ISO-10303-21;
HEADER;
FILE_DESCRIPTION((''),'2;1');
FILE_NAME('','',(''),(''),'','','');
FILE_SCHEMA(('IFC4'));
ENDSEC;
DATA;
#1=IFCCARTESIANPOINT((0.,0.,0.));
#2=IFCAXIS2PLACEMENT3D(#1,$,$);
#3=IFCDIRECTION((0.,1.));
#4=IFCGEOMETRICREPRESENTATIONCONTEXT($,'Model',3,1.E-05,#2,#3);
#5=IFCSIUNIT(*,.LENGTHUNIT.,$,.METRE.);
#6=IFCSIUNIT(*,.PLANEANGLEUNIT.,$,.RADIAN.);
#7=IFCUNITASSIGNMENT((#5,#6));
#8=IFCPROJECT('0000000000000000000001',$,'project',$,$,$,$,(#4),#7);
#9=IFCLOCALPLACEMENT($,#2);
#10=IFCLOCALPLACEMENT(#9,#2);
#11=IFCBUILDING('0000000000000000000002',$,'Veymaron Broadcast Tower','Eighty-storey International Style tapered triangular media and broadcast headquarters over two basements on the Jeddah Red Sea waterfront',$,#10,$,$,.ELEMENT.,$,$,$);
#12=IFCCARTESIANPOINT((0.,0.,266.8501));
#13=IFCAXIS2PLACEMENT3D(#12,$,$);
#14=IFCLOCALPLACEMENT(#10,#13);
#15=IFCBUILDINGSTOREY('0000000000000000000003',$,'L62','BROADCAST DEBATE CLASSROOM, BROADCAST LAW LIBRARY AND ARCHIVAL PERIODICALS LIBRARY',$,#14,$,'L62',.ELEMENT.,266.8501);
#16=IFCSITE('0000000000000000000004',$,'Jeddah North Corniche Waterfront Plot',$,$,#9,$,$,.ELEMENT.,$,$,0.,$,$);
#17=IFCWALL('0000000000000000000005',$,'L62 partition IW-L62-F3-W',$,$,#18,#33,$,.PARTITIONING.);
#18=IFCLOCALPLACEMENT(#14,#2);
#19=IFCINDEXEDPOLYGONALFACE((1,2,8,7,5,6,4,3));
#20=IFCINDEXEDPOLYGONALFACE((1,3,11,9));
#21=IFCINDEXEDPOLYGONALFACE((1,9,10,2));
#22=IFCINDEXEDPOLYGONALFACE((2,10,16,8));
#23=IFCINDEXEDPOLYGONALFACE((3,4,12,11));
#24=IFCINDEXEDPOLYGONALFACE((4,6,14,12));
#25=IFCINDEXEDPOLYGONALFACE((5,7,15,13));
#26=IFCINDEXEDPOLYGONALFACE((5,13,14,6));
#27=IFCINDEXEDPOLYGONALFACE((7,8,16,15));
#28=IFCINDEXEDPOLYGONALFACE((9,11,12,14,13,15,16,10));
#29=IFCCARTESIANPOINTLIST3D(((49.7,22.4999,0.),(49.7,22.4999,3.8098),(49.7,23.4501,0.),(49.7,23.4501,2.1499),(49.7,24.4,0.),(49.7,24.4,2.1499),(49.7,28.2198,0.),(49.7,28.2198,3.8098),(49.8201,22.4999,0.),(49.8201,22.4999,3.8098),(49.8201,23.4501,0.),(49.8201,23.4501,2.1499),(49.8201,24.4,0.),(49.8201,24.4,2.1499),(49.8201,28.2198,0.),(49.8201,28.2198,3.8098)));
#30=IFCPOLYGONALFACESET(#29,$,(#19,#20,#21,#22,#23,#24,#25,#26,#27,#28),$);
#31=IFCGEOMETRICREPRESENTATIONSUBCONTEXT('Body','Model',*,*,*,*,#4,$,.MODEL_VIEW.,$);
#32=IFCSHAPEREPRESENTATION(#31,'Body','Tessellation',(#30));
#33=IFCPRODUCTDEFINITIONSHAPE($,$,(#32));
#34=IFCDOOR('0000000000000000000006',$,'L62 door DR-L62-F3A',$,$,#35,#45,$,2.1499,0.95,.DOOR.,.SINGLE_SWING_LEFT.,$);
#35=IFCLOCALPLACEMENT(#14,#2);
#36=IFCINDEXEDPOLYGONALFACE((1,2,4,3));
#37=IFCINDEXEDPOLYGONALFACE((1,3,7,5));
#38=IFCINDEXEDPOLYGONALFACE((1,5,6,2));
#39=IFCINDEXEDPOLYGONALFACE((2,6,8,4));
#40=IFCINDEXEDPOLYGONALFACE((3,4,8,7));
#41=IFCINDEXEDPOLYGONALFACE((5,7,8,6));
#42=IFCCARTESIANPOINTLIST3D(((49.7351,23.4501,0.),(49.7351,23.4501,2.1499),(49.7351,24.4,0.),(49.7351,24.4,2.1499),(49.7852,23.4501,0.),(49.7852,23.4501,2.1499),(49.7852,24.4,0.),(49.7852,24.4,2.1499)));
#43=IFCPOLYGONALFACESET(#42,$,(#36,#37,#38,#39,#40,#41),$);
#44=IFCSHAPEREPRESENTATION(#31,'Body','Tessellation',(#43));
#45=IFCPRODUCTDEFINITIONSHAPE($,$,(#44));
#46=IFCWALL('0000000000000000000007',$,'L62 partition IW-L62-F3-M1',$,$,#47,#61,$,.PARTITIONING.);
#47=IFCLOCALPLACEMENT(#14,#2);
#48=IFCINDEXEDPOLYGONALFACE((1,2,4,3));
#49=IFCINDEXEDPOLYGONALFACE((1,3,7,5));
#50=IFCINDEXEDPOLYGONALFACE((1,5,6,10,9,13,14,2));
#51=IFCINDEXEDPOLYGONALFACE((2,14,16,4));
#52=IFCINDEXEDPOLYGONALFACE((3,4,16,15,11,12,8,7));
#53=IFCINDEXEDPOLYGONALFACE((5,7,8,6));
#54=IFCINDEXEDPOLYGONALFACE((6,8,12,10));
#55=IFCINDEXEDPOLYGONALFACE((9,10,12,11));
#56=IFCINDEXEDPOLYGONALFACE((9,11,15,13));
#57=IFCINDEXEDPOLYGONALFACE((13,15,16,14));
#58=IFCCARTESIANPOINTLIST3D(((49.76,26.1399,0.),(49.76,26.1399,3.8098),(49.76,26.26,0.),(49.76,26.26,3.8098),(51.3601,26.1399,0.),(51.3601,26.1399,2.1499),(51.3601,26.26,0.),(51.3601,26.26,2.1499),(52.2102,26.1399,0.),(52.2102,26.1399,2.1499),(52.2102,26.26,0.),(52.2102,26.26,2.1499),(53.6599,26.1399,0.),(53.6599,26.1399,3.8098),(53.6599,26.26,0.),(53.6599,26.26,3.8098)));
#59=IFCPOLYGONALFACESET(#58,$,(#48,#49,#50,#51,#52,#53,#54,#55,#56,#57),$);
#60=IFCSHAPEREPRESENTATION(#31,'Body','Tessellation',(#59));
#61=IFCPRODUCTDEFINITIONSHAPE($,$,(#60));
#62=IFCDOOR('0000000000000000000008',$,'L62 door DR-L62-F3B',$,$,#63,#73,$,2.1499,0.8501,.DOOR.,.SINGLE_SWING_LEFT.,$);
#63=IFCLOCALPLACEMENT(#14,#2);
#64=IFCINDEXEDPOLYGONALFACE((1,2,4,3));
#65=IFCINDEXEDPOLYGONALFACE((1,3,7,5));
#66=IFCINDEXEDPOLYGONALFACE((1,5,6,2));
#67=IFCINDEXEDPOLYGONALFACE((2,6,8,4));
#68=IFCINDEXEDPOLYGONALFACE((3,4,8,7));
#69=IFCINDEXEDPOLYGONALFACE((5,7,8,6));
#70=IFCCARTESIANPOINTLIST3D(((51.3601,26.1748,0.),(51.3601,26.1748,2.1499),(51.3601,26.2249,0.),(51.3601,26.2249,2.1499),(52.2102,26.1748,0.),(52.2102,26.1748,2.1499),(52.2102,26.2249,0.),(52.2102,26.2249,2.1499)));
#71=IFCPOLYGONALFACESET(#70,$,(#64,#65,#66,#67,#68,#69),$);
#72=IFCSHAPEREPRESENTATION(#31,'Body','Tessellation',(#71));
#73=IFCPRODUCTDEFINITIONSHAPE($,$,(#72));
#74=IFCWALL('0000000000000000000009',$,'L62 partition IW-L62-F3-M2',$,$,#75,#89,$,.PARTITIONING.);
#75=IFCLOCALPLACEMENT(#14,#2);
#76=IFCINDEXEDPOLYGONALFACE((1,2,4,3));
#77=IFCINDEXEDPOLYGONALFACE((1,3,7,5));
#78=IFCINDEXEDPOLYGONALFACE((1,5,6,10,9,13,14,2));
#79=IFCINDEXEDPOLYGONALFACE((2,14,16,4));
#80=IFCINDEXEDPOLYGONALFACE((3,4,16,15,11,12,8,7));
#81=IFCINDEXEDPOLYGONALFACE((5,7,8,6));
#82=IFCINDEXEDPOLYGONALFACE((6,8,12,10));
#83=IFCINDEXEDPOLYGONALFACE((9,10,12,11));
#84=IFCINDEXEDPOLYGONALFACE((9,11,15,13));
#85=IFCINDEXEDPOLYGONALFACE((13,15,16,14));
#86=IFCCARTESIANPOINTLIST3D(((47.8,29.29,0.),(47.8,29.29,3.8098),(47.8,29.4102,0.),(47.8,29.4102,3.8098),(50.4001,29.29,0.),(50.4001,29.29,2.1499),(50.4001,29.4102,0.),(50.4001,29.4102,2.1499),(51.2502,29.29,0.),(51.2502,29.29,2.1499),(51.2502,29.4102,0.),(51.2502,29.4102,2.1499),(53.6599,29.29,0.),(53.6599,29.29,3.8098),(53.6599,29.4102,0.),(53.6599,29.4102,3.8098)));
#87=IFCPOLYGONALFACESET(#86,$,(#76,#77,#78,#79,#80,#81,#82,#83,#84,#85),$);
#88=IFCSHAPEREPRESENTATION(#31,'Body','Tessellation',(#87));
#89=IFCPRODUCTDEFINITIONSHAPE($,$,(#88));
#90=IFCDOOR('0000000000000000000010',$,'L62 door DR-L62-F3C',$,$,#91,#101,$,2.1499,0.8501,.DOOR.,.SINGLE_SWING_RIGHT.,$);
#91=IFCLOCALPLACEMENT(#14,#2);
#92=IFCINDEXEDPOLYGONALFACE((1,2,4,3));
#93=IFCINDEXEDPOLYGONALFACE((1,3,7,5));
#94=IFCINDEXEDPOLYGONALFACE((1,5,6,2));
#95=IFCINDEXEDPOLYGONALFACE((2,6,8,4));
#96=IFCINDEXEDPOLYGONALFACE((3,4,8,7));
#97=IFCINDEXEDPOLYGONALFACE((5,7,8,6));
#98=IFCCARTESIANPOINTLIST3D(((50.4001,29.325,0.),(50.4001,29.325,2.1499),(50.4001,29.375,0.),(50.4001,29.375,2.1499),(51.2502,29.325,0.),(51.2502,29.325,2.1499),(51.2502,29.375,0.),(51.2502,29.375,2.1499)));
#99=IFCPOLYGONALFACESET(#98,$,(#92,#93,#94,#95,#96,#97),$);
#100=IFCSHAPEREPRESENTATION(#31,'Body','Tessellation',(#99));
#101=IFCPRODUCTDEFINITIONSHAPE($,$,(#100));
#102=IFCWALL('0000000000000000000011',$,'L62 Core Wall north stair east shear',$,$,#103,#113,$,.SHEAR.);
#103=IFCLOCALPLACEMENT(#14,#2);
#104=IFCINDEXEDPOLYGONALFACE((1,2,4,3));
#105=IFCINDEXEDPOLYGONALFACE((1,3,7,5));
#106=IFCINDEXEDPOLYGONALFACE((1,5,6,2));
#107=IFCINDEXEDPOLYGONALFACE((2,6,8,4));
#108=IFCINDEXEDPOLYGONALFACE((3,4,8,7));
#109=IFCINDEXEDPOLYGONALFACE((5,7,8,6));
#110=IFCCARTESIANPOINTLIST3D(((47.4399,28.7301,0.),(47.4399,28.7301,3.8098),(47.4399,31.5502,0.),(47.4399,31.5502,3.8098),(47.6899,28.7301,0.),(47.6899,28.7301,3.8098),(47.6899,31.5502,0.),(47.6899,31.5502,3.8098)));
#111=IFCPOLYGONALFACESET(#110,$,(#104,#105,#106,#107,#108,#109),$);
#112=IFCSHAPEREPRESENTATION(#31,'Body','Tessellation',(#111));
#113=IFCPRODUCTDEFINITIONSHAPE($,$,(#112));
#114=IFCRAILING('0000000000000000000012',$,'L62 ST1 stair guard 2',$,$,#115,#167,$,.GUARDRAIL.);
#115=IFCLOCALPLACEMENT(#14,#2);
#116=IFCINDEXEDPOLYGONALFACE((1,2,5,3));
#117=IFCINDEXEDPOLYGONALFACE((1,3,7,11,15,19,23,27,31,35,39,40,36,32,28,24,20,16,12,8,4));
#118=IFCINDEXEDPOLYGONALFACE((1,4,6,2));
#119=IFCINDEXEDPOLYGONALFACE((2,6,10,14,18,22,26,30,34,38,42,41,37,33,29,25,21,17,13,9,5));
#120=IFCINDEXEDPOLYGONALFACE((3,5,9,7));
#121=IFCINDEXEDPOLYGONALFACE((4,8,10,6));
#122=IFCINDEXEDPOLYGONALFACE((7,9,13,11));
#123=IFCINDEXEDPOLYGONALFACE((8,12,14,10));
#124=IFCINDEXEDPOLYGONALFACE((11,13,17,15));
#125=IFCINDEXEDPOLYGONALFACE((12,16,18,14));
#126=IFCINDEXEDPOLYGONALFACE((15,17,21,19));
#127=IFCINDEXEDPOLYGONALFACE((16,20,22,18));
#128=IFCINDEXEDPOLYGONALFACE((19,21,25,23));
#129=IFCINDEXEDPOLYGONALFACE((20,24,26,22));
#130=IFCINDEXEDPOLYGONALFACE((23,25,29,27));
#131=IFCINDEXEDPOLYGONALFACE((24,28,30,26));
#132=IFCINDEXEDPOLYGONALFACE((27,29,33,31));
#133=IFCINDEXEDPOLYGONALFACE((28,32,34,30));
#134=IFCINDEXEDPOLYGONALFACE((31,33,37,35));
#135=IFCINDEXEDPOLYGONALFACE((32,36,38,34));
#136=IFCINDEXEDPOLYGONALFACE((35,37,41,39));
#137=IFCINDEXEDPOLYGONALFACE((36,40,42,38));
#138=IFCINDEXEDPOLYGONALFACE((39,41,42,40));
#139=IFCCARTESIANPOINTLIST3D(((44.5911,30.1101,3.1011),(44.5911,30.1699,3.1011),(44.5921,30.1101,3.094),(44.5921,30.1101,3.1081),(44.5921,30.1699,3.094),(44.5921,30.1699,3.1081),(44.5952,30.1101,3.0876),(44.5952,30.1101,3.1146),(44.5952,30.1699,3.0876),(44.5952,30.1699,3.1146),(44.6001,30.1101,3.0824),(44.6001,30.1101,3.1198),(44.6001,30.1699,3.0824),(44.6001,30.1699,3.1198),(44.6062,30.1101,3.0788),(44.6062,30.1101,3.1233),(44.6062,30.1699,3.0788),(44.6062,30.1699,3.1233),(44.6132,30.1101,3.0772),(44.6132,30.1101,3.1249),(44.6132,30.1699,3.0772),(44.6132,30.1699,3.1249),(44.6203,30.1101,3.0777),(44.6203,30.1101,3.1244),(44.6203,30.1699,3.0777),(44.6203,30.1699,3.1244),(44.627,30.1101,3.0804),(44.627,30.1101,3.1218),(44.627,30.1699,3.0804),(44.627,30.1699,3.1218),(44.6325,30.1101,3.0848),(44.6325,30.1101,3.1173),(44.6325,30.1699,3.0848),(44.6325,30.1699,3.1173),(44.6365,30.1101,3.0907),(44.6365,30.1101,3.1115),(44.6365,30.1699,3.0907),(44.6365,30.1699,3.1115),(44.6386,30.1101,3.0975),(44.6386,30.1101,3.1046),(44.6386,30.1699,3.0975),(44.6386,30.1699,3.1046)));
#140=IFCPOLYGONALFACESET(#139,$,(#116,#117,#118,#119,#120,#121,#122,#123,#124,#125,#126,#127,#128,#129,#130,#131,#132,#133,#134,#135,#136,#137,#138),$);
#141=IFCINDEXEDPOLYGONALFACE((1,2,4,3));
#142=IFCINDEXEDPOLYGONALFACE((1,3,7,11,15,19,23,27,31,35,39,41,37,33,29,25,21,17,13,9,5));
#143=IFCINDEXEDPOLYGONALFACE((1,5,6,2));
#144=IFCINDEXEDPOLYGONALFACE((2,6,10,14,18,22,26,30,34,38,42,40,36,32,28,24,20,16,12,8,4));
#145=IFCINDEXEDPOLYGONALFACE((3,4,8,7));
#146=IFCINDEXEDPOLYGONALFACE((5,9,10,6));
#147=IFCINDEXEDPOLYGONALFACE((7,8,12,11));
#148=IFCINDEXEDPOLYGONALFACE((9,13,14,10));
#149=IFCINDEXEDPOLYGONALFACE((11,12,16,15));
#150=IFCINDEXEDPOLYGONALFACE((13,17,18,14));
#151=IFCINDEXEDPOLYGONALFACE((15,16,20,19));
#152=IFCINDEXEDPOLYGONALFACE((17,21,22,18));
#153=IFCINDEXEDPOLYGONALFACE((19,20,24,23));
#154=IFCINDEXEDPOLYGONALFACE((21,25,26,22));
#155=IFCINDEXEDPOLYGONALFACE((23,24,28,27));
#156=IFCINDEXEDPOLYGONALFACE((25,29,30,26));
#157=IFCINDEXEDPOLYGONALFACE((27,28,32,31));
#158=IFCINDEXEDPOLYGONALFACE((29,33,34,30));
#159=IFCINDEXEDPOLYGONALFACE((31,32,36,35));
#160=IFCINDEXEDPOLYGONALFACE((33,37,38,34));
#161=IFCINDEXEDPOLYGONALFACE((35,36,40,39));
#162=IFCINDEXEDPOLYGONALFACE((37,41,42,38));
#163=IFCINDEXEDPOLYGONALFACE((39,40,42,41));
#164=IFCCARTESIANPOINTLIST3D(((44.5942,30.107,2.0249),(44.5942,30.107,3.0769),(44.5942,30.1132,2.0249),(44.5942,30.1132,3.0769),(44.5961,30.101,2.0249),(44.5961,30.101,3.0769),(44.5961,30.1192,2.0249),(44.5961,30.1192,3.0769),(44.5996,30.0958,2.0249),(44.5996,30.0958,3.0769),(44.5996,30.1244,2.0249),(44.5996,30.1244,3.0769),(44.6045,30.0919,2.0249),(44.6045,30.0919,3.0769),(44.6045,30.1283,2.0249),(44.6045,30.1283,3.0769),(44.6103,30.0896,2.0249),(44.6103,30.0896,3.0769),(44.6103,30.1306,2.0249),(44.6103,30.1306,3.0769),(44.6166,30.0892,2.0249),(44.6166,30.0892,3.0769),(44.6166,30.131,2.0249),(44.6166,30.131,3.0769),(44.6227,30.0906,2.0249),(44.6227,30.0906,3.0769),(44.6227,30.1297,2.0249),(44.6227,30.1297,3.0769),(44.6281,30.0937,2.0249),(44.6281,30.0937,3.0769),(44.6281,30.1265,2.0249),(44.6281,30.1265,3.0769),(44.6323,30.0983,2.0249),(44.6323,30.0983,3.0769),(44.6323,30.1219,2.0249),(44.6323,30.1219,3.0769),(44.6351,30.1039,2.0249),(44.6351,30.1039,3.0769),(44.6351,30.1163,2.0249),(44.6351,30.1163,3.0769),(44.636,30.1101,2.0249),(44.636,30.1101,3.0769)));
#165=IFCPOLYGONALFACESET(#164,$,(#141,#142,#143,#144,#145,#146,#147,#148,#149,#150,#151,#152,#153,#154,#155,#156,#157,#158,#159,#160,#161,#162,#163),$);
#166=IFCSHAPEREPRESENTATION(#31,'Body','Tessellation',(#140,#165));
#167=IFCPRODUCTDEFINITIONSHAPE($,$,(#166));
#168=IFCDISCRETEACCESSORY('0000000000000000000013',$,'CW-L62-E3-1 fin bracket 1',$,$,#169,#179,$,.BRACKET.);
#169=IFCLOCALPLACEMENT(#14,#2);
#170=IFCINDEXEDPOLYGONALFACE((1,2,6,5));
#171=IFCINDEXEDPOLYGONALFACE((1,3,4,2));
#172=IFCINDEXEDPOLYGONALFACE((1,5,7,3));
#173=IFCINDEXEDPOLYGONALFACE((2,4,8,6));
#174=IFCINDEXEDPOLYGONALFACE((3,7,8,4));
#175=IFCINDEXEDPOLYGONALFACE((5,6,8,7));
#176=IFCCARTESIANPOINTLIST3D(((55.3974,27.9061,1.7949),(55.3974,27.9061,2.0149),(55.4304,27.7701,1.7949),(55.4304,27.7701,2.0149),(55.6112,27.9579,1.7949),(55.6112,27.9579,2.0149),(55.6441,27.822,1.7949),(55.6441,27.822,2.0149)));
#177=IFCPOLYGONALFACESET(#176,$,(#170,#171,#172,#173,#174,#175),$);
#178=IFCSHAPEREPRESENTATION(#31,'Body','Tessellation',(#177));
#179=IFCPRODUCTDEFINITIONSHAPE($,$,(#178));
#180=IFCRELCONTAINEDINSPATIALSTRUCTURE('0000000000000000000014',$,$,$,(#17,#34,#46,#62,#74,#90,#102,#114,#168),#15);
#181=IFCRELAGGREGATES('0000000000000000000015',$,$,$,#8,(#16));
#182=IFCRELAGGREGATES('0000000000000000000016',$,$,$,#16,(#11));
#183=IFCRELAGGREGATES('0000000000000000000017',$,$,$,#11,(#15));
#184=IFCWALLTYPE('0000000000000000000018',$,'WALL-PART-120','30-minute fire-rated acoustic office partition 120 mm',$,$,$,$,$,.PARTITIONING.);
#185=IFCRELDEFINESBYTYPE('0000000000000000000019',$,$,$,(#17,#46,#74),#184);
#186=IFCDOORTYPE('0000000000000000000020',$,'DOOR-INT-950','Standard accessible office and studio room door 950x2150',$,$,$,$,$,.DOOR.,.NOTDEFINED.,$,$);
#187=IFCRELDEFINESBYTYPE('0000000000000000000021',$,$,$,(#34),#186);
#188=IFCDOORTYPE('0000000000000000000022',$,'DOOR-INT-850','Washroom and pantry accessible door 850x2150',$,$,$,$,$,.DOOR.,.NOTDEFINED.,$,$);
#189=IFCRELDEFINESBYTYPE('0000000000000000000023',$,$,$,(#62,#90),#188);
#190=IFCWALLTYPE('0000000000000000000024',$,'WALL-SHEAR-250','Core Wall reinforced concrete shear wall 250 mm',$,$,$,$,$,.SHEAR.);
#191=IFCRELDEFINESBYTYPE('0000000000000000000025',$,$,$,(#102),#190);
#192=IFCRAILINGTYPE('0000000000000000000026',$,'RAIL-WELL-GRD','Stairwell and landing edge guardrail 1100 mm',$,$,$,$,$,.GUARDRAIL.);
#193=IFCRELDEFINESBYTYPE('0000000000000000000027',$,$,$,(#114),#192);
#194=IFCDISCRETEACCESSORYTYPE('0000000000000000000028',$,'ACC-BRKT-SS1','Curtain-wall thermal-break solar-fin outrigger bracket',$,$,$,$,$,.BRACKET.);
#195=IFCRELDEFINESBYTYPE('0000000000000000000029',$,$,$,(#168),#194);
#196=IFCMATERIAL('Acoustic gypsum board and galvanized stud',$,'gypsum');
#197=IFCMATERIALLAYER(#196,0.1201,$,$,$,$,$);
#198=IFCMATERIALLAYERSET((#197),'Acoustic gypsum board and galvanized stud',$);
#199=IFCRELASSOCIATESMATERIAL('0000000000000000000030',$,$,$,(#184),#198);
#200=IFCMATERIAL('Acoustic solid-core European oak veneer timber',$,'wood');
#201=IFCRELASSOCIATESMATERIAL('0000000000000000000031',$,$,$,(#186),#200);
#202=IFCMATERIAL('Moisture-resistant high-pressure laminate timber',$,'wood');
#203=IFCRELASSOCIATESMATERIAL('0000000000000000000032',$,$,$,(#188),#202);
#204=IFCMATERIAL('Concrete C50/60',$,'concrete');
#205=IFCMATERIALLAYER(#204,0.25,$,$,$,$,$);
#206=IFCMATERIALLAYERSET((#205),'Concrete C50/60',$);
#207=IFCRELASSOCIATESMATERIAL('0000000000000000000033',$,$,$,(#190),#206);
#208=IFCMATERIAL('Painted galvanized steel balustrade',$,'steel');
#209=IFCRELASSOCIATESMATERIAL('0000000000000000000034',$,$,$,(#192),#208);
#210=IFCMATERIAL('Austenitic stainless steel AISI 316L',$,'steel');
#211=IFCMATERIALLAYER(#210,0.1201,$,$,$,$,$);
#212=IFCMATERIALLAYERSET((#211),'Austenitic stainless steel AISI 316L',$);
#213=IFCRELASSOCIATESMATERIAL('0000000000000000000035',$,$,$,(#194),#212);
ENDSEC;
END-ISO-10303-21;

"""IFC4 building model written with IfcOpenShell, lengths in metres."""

from ifc_helpers import new_model, si_unit, direction, frame, frame_2d, origin, origin_2d, place, context, subcontext, project, spatial, rectangle, circle, extrude, material, layer, layer_set, type_object, element, fill, save


model = new_model("IFC4")

# Units and contexts
model_context = context("Model", 3, precision=1e-05, world=origin(), true_north=direction((0.0, 1.0)))
body_context = subcontext(model_context, "Body", "Model", "MODEL_VIEW")
ifc_project = project(units=[si_unit("LENGTHUNIT", "METRE"), si_unit("PLANEANGLEUNIT", "RADIAN")], contexts=[model_context])

# Site, building, storey
site_placement = place(None, origin())
site = spatial("IfcSite", under=ifc_project, at=site_placement, Name="Jeddah North Corniche Waterfront Plot", CompositionType="ELEMENT", RefElevation=0.0)
building_placement = place(site_placement, origin())
building = spatial("IfcBuilding", under=site, at=building_placement, Name="Veymaron Broadcast Tower", Description="Eighty-storey International Style tapered triangular media and broadcast headquarters over two basements on the Jeddah Red Sea waterfront", CompositionType="ELEMENT")
storey_placement = place(building_placement, frame((0.0, 0.0, 266.8501)))
storey = spatial("IfcBuildingStorey", under=building, at=storey_placement, Name="L62", Description="BROADCAST DEBATE CLASSROOM, BROADCAST LAW LIBRARY AND ARCHIVAL PERIODICALS LIBRARY", LongName="L62", CompositionType="ELEMENT", Elevation=266.8501)

# Walls, openings, doors
ifc_material_1 = material(Name="Acoustic gypsum board and galvanized stud", Category="gypsum")
ifc_layer_1 = layer(ifc_material_1, 0.1201)
ifc_layer_set_1 = layer_set([ifc_layer_1], Name="Acoustic gypsum board and galvanized stud")
wall_type_1 = type_object("IfcWallType", Name="WALL-PART-120", Description="30-minute fire-rated acoustic office partition 120 mm", PredefinedType="PARTITIONING", material=ifc_layer_set_1)
wall_1_placement = place(storey_placement, frame((49.76, 22.5, 0.0), z_axis=(0.0, 0.0, 1.0), x_axis=(0.0, 1.0, 0.0)))
wall_1 = element("IfcWall", 1, at=wall_1_placement, inside=storey, type_object=wall_type_1, Name="L62 partition IW-L62-F3-W", PredefinedType="PARTITIONING", context=body_context, shape_type="SweptSolid", body=[
    extrude(rectangle(XDim=5.72, YDim=0.1201, at=frame_2d((2.8599, 0.0))), origin(), (0.0, 0.0, 1.0), 3.8098),
])
opening_1_placement = place(wall_1_placement, frame((0.95, 0.0, 0.0)))
opening_1 = element("IfcOpeningElement", 2, at=opening_1_placement, cuts=wall_1, PredefinedType="OPENING", context=body_context, shape_type="SweptSolid", body=[
    extrude(rectangle(XDim=0.95, YDim=2.1499, at=frame_2d((0.4751, 1.075))), frame((0.0, 0.0701, 0.0), z_axis=(0.0, -1.0, 0.0), x_axis=(1.0, 0.0, 0.0)), (0.0, 0.0, 1.0), 0.1401),
])
ifc_material_2 = material(Name="Acoustic solid-core European oak veneer timber", Category="wood")
door_type_1 = type_object("IfcDoorType", Name="DOOR-INT-950", Description="Standard accessible office and studio room door 950x2150", OperationType="NOTDEFINED", PredefinedType="DOOR", material=ifc_material_2)
door_1_placement = place(opening_1_placement, origin())
door_1 = element("IfcDoor", 3, at=door_1_placement, inside=storey, type_object=door_type_1, Name="L62 door DR-L62-F3A", OperationType="SINGLE_SWING_LEFT", OverallHeight=2.1499, OverallWidth=0.95, PredefinedType="DOOR", context=body_context, shape_type="SweptSolid", body=[
    extrude(rectangle(XDim=0.95, YDim=2.1499, at=frame_2d((0.4751, 1.075))), frame((0.0, 0.0249, 0.0), z_axis=(0.0, -1.0, 0.0), x_axis=(1.0, 0.0, 0.0)), (0.0, 0.0, 1.0), 0.05),
])
fill(opening_1, door_1)
wall_2_placement = place(storey_placement, frame((49.76, 26.2, 0.0), z_axis=(0.0, 0.0, 1.0), x_axis=(1.0, 0.0, 0.0)))
wall_2 = element("IfcWall", 4, at=wall_2_placement, inside=storey, type_object=wall_type_1, Name="L62 partition IW-L62-F3-M1", PredefinedType="PARTITIONING", context=body_context, shape_type="SweptSolid", body=[
    extrude(rectangle(XDim=3.8999, YDim=0.1201, at=frame_2d((1.95, 0.0))), origin(), (0.0, 0.0, 1.0), 3.8098),
])
opening_2_placement = place(wall_2_placement, frame((1.6001, 0.0, 0.0)))
opening_2 = element("IfcOpeningElement", 5, at=opening_2_placement, cuts=wall_2, PredefinedType="OPENING", context=body_context, shape_type="SweptSolid", body=[
    extrude(rectangle(XDim=0.8501, YDim=2.1499, at=frame_2d((0.425, 1.075))), frame((0.0, 0.0701, 0.0), z_axis=(0.0, -1.0, 0.0), x_axis=(1.0, 0.0, 0.0)), (0.0, 0.0, 1.0), 0.1401),
])
ifc_material_3 = material(Name="Moisture-resistant high-pressure laminate timber", Category="wood")
door_type_2 = type_object("IfcDoorType", Name="DOOR-INT-850", Description="Washroom and pantry accessible door 850x2150", OperationType="NOTDEFINED", PredefinedType="DOOR", material=ifc_material_3)
door_2_placement = place(opening_2_placement, origin())
door_2 = element("IfcDoor", 6, at=door_2_placement, inside=storey, type_object=door_type_2, Name="L62 door DR-L62-F3B", OperationType="SINGLE_SWING_LEFT", OverallHeight=2.1499, OverallWidth=0.8501, PredefinedType="DOOR", context=body_context, shape_type="SweptSolid", body=[
    extrude(rectangle(XDim=0.8501, YDim=2.1499, at=frame_2d((0.425, 1.075))), frame((0.0, 0.0249, 0.0), z_axis=(0.0, -1.0, 0.0), x_axis=(1.0, 0.0, 0.0)), (0.0, 0.0, 1.0), 0.05),
])
fill(opening_2, door_2)
wall_3_placement = place(storey_placement, frame((47.8, 29.3501, 0.0), z_axis=(0.0, 0.0, 1.0), x_axis=(1.0, 0.0, 0.0)))
wall_3 = element("IfcWall", 7, at=wall_3_placement, inside=storey, type_object=wall_type_1, Name="L62 partition IW-L62-F3-M2", PredefinedType="PARTITIONING", context=body_context, shape_type="SweptSolid", body=[
    extrude(rectangle(XDim=5.8599, YDim=0.1201, at=frame_2d((2.9299, 0.0))), origin(), (0.0, 0.0, 1.0), 3.8098),
])
opening_3_placement = place(wall_3_placement, frame((2.6001, 0.0, 0.0)))
opening_3 = element("IfcOpeningElement", 8, at=opening_3_placement, cuts=wall_3, PredefinedType="OPENING", context=body_context, shape_type="SweptSolid", body=[
    extrude(rectangle(XDim=0.8501, YDim=2.1499, at=frame_2d((0.425, 1.075))), frame((0.0, 0.0701, 0.0), z_axis=(0.0, -1.0, 0.0), x_axis=(1.0, 0.0, 0.0)), (0.0, 0.0, 1.0), 0.1401),
])
door_3_placement = place(opening_3_placement, origin())
door_3 = element("IfcDoor", 9, at=door_3_placement, inside=storey, type_object=door_type_2, Name="L62 door DR-L62-F3C", OperationType="SINGLE_SWING_RIGHT", OverallHeight=2.1499, OverallWidth=0.8501, PredefinedType="DOOR", context=body_context, shape_type="SweptSolid", body=[
    extrude(rectangle(XDim=0.8501, YDim=2.1499, at=frame_2d((0.425, 1.075))), frame((0.0, 0.0249, 0.0), z_axis=(0.0, -1.0, 0.0), x_axis=(1.0, 0.0, 0.0)), (0.0, 0.0, 1.0), 0.05),
])
fill(opening_3, door_3)

# Wall
ifc_material_4 = material(Name="Concrete C50/60", Category="concrete")
ifc_layer_2 = layer(ifc_material_4, 0.25)
ifc_layer_set_2 = layer_set([ifc_layer_2], Name="Concrete C50/60")
wall_type_2 = type_object("IfcWallType", Name="WALL-SHEAR-250", Description="Core Wall reinforced concrete shear wall 250 mm", PredefinedType="SHEAR", material=ifc_layer_set_2)
wall_4_placement = place(storey_placement, frame((47.5649, 28.73, 0.0), z_axis=(0.0, 0.0, 1.0), x_axis=(0.0, 1.0, 0.0)))
element("IfcWall", 10, at=wall_4_placement, inside=storey, type_object=wall_type_2, Name="L62 Core Wall north stair east shear", PredefinedType="SHEAR", context=body_context, shape_type="SweptSolid", body=[
    extrude(rectangle(XDim=2.8201, YDim=0.25, at=frame_2d((1.4102, 0.0))), origin(), (0.0, 0.0, 1.0), 3.8098),
])

# Railing
ifc_material_5 = material(Name="Painted galvanized steel balustrade", Category="steel")
railing_type = type_object("IfcRailingType", Name="RAIL-WELL-GRD", Description="Stairwell and landing edge guardrail 1100 mm", PredefinedType="GUARDRAIL", material=ifc_material_5)
railing_placement = place(storey_placement, frame((44.615, 30.1101, 2.0249)))
element("IfcRailing", 11, at=railing_placement, inside=storey, type_object=railing_type, Name="L62 ST1 stair guard 2", PredefinedType="GUARDRAIL", context=body_context, shape_type="SweptSolid", body=[
    extrude(circle(Radius=0.0239, at=origin_2d()), frame((0.0, 0.0, 1.0762), z_axis=(0.0, 1.0, 0.0), x_axis=(-1.0, 0.0, 0.0)), (0.0, 0.0, 1.0), 0.0598),
    extrude(circle(Radius=0.021, at=origin_2d()), origin(), (0.0, 0.0, 1.0), 1.052),
])

# Discrete accessory
ifc_material_6 = material(Name="Austenitic stainless steel AISI 316L", Category="steel")
ifc_layer_3 = layer(ifc_material_6, 0.1201)
ifc_layer_set_3 = layer_set([ifc_layer_3], Name="Austenitic stainless steel AISI 316L")
discrete_accessory_type = type_object("IfcDiscreteAccessoryType", Name="ACC-BRKT-SS1", Description="Curtain-wall thermal-break solar-fin outrigger bracket", PredefinedType="BRACKET", material=ifc_layer_set_3)
discrete_accessory_placement = place(storey_placement, frame((55.5208, 27.864, 1.7949), z_axis=(0.0, 0.0, 1.0), x_axis=(0.971825, 0.235702, 0.0)))
element("IfcDiscreteAccessory", 12, at=discrete_accessory_placement, inside=storey, type_object=discrete_accessory_type, Name="CW-L62-E3-1 fin bracket 1", PredefinedType="BRACKET", context=body_context, shape_type="SweptSolid", body=[
    extrude(rectangle(XDim=0.22, YDim=0.1399, at=origin_2d()), origin(), (0.0, 0.0, 1.0), 0.22),
])

save(model, "model.ifc")
